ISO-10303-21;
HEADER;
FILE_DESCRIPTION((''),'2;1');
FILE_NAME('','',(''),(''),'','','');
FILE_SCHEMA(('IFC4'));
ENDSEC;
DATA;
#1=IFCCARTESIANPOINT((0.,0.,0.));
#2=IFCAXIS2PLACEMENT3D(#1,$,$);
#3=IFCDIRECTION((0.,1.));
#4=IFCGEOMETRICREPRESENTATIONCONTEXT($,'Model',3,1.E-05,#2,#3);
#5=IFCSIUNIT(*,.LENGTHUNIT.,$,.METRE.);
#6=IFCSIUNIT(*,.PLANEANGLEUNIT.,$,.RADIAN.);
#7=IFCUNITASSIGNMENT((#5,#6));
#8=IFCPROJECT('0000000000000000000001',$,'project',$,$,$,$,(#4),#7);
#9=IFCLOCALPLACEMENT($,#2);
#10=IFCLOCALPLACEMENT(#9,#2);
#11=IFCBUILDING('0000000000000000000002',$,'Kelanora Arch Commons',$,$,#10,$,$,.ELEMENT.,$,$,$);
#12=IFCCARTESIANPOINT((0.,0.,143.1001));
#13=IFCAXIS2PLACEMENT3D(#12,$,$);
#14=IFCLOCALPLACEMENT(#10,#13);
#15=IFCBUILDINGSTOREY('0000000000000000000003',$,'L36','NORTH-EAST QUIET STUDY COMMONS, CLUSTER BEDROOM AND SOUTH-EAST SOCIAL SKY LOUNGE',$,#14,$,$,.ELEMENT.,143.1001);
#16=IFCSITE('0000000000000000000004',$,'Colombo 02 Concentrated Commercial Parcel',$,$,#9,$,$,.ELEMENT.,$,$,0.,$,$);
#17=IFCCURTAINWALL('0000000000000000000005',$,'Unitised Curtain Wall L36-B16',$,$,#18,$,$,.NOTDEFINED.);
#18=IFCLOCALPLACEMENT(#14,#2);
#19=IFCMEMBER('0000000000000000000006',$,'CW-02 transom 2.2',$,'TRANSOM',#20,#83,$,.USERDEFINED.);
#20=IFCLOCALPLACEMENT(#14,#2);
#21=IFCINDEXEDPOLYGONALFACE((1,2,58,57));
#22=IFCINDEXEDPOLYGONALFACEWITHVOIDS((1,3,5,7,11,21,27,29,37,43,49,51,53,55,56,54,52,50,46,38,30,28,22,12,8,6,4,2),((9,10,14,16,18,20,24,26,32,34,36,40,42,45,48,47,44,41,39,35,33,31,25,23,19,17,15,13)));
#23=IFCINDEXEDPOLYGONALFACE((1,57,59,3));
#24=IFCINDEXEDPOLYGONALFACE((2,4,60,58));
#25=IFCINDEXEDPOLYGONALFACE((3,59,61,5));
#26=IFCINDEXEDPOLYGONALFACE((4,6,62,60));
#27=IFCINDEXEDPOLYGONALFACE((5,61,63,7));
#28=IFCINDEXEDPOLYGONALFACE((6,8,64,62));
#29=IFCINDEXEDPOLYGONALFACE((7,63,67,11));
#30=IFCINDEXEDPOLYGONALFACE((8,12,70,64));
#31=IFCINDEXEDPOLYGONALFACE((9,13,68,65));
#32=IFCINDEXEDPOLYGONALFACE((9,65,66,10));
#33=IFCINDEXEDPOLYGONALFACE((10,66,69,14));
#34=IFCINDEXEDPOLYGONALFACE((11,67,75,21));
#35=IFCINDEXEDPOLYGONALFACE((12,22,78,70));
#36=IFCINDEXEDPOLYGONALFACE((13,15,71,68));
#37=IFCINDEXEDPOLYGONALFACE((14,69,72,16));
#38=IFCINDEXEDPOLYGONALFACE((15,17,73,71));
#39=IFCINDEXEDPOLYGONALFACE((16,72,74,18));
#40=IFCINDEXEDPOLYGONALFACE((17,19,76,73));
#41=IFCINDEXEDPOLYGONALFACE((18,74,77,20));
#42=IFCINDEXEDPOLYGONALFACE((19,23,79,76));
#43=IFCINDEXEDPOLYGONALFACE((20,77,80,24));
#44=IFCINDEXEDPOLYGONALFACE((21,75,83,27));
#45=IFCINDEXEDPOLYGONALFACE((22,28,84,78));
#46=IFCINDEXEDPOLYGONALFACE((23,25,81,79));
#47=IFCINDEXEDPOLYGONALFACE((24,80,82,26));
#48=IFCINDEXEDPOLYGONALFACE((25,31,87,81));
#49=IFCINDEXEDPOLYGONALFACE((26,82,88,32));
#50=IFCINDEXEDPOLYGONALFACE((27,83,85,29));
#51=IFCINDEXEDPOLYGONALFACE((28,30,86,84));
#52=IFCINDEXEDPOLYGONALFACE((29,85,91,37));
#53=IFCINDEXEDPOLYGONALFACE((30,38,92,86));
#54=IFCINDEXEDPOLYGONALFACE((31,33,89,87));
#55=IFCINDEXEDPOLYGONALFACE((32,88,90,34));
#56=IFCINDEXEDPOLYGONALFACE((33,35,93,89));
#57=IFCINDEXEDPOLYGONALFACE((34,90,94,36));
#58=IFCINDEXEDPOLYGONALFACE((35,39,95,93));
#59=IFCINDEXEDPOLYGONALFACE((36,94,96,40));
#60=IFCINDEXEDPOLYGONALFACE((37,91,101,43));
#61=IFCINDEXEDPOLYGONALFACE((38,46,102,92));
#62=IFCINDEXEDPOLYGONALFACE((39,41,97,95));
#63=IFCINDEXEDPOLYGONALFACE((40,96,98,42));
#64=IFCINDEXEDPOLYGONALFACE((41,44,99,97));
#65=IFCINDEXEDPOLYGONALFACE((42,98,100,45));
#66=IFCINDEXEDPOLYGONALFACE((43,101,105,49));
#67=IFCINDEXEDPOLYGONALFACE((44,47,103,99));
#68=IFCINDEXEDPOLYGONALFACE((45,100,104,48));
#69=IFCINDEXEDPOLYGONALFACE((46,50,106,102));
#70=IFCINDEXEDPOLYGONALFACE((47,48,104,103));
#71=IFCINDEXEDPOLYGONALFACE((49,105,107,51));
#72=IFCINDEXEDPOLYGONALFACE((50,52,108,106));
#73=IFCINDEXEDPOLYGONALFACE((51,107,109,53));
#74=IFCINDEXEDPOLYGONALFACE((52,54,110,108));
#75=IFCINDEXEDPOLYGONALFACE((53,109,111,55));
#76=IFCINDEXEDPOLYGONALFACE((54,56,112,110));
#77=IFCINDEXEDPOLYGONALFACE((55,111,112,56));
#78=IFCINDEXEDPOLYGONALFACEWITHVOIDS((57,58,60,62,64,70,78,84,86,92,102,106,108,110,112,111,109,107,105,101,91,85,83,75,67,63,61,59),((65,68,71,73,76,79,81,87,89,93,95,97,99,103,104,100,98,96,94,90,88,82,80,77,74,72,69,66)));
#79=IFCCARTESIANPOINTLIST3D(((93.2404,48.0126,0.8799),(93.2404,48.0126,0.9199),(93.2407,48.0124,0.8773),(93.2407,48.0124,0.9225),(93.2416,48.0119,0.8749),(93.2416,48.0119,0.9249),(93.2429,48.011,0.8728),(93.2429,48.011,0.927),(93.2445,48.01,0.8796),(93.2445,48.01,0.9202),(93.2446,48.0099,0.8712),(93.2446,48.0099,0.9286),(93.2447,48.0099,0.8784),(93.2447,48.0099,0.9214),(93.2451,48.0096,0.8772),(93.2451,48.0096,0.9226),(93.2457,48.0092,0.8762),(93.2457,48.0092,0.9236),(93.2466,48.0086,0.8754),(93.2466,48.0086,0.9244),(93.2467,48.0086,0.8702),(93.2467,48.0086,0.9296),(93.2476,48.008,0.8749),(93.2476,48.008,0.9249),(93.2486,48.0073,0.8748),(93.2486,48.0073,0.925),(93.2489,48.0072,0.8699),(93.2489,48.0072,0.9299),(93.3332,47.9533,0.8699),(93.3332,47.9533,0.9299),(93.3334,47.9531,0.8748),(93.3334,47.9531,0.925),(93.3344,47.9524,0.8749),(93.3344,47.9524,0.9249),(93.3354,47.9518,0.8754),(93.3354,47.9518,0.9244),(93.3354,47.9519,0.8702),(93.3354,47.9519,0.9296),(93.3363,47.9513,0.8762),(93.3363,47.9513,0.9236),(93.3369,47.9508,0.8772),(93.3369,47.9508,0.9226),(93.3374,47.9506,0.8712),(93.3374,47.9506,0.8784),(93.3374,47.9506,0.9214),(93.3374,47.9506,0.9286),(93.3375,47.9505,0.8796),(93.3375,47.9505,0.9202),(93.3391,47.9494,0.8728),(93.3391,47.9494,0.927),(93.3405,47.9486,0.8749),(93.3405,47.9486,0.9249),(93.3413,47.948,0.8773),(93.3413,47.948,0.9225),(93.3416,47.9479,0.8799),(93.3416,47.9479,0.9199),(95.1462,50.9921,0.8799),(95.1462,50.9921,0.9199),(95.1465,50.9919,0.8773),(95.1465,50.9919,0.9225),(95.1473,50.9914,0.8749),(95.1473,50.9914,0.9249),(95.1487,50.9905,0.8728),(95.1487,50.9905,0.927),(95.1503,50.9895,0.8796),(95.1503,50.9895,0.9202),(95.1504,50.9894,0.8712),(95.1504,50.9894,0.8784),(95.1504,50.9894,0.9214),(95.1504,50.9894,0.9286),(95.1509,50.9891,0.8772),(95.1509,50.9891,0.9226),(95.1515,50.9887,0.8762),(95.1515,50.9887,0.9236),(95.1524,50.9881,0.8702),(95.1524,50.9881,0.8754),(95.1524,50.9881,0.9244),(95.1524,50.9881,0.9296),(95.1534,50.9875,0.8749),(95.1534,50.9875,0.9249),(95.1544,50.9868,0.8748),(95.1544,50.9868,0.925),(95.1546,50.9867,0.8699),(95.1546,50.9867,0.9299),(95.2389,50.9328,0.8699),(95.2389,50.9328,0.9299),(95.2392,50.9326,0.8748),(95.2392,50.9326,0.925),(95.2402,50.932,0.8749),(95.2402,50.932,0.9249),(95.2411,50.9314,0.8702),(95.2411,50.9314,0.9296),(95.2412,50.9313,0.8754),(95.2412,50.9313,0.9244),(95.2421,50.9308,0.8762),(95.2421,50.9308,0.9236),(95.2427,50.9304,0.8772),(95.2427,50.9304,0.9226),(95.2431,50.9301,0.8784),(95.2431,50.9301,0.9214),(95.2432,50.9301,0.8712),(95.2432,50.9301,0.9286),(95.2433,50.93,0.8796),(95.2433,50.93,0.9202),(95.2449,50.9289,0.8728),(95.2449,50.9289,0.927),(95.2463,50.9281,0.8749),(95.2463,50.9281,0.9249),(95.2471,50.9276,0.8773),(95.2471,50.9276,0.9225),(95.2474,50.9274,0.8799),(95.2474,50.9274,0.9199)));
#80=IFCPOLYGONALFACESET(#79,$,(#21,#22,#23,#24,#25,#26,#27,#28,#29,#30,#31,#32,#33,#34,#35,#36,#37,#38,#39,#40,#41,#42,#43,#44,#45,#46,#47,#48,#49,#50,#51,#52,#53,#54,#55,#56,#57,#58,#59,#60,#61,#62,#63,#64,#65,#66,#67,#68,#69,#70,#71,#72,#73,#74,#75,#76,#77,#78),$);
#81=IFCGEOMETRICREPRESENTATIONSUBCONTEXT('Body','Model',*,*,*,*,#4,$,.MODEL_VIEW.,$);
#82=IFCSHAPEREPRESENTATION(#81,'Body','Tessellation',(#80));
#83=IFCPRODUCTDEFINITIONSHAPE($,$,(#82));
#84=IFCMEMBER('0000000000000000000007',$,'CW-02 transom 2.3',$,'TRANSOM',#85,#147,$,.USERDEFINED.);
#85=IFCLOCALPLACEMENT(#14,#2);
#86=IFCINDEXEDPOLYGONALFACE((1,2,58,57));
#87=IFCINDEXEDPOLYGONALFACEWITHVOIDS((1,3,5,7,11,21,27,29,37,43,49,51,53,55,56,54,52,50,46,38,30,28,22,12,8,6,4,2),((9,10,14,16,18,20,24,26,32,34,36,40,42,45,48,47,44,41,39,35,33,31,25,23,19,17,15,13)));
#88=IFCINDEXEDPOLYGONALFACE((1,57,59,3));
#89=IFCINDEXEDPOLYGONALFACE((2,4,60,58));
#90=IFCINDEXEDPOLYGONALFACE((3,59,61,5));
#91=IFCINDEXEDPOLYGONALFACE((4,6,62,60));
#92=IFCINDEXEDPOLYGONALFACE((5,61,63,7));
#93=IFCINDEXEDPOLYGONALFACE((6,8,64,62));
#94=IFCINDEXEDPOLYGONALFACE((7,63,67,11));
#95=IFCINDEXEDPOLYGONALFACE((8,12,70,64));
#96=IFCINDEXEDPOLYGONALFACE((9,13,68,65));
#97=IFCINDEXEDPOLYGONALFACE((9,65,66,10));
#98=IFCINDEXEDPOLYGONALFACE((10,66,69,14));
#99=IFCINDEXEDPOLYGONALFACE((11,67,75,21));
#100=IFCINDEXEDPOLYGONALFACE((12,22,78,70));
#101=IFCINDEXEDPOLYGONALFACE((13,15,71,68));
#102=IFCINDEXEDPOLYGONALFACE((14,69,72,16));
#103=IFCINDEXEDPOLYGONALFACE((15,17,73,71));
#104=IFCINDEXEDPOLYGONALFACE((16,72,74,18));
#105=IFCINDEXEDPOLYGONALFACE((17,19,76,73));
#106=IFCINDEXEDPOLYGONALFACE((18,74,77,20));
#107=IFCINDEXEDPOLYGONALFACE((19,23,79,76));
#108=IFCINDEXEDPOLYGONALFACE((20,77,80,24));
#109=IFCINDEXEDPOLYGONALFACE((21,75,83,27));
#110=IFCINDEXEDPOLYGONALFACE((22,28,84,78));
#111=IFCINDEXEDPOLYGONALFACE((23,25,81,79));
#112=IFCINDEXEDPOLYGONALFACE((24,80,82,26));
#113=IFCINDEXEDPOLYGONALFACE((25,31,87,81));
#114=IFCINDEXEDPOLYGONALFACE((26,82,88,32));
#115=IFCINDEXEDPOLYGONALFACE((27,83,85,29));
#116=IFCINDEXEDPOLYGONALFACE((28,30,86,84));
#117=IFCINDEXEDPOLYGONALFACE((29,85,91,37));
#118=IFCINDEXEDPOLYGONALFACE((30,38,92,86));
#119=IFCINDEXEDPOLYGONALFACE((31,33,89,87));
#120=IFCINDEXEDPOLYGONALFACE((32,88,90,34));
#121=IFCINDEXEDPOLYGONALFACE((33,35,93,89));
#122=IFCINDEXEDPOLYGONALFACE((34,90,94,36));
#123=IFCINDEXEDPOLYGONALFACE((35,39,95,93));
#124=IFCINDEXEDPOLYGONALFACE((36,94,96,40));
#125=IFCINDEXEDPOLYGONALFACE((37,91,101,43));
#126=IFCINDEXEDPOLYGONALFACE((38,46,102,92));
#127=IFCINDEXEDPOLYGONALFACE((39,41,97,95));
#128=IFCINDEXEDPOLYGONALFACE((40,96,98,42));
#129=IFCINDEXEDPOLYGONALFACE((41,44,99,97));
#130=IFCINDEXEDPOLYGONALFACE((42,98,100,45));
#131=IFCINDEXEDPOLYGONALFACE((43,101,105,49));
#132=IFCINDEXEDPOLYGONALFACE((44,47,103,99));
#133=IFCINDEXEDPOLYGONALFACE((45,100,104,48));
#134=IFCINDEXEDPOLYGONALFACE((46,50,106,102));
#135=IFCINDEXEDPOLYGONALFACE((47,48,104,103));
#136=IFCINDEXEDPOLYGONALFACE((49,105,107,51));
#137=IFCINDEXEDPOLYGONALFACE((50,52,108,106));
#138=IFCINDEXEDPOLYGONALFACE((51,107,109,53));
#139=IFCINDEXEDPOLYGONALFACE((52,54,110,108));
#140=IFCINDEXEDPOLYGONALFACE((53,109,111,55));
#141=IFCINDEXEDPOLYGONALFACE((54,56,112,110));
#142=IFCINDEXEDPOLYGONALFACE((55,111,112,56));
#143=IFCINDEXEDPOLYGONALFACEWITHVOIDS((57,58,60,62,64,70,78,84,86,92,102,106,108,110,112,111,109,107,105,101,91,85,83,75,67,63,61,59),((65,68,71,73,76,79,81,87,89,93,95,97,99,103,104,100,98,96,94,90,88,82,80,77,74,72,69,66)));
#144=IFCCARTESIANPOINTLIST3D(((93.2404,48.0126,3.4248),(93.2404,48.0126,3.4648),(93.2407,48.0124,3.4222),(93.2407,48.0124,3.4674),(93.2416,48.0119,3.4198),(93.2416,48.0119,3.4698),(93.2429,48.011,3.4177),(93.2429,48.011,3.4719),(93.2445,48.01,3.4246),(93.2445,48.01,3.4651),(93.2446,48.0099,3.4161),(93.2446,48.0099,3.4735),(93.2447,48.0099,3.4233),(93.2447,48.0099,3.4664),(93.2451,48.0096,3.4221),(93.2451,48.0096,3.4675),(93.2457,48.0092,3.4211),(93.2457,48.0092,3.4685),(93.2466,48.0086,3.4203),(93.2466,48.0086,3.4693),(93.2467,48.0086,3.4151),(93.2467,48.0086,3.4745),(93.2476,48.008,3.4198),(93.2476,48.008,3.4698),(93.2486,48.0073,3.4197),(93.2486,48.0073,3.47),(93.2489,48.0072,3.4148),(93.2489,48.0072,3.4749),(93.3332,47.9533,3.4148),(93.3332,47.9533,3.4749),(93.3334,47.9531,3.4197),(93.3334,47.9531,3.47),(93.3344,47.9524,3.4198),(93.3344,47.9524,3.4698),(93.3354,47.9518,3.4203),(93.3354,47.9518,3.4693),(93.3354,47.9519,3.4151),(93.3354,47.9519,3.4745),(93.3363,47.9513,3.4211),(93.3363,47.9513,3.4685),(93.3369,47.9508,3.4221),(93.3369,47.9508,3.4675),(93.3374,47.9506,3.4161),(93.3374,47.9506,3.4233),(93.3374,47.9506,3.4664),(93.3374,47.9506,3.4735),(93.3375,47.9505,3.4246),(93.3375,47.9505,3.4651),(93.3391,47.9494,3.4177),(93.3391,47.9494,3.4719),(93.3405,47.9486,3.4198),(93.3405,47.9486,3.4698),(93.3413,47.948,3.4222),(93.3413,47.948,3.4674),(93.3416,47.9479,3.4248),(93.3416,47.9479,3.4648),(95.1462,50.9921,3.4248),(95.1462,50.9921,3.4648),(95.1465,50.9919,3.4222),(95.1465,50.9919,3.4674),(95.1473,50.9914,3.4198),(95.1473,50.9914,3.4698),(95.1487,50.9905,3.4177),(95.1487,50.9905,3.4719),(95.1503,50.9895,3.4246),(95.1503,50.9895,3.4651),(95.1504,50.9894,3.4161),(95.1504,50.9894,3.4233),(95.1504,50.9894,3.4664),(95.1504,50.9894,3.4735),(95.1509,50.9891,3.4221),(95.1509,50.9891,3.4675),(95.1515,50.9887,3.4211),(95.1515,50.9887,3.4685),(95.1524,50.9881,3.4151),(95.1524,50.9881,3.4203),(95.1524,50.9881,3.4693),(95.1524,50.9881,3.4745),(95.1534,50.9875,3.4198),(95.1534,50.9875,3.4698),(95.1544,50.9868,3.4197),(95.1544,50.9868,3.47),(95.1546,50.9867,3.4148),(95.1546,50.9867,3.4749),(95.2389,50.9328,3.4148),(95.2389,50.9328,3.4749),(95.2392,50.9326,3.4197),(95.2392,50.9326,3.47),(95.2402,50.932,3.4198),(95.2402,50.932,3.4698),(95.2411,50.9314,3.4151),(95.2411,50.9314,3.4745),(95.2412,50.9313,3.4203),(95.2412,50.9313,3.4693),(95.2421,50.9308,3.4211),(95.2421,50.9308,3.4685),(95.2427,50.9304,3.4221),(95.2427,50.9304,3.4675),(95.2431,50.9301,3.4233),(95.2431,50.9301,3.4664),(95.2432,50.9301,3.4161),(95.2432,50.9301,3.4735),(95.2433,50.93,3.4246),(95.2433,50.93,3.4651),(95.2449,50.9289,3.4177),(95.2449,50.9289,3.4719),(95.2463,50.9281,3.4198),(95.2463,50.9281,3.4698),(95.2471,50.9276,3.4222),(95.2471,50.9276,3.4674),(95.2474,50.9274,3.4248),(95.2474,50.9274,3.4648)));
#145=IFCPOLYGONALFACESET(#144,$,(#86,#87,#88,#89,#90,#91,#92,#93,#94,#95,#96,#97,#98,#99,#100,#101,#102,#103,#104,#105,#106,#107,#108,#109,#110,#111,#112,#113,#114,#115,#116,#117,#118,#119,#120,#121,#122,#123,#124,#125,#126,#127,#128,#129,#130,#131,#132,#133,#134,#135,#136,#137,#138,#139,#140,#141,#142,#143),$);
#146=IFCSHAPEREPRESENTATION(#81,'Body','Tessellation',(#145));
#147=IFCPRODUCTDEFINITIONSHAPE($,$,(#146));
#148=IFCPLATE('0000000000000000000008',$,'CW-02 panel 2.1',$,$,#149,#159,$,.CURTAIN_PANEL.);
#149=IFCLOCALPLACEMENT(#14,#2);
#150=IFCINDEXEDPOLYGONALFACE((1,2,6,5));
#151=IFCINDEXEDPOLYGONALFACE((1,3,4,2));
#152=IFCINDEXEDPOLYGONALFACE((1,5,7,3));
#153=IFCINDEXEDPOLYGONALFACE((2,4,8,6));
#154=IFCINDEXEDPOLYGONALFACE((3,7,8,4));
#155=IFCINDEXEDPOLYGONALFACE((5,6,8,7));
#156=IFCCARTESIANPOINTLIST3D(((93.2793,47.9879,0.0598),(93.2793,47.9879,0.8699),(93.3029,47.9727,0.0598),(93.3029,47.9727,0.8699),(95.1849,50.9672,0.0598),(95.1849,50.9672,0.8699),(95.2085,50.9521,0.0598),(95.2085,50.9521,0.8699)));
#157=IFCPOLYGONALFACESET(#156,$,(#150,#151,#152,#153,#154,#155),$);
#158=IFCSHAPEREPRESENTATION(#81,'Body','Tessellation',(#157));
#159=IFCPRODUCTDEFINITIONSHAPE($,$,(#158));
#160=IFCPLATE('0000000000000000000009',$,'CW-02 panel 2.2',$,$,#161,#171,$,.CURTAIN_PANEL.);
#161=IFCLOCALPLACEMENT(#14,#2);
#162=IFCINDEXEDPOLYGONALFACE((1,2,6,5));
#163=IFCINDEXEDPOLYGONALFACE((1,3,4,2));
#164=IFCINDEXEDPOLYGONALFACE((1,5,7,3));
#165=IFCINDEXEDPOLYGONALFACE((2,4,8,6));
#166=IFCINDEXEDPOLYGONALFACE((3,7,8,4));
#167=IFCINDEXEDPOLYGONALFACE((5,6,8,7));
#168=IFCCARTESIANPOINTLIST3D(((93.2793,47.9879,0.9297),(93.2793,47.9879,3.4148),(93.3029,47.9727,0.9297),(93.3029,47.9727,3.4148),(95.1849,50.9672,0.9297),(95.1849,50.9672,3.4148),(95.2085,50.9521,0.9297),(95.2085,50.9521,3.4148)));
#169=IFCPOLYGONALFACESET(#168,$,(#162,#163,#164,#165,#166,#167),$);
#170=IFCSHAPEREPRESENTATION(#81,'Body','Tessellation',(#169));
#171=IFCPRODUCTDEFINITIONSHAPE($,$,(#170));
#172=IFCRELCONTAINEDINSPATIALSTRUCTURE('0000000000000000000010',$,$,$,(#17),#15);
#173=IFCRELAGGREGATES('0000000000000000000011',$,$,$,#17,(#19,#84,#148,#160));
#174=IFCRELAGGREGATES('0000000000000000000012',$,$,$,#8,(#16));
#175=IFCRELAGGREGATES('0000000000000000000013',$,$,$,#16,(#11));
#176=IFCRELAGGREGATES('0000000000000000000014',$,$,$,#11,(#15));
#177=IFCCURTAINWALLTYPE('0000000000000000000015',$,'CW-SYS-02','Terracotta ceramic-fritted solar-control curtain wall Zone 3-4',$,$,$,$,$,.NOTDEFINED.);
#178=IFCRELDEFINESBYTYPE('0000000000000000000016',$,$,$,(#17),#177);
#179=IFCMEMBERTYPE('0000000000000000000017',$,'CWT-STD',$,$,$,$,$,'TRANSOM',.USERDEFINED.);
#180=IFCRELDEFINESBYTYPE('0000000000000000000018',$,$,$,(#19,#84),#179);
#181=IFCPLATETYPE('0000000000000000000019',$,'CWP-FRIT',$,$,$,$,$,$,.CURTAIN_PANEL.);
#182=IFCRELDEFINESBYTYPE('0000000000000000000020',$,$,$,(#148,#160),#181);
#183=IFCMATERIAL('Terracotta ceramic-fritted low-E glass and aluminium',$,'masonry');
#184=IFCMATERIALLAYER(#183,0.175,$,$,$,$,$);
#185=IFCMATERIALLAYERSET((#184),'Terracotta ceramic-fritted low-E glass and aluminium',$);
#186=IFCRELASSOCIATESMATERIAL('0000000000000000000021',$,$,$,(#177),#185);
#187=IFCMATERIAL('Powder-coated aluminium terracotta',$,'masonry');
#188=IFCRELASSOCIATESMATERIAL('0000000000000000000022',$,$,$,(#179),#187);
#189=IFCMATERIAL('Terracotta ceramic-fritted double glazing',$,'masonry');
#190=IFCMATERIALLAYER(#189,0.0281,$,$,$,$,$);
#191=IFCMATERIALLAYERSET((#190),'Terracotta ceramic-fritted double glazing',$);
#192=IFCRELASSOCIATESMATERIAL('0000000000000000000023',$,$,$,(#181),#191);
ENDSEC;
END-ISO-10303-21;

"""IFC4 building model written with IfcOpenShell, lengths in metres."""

from ifc_helpers import new_model, si_unit, direction, frame, origin, origin_2d, place, context, subcontext, project, spatial, rectangle, hollow_rectangle, extrude, source, transform, mapped, material, layer, layer_set, material_profile, profile_set, type_object, element, aggregate, save


model = new_model("IFC4")

# Units and contexts
model_context = context("Model", 3, precision=1e-05, world=origin(), true_north=direction((0.0, 1.0)))
body_context = subcontext(model_context, "Body", "Model", "MODEL_VIEW")
ifc_project = project(units=[si_unit("LENGTHUNIT", "METRE"), si_unit("PLANEANGLEUNIT", "RADIAN")], contexts=[model_context])

# Site, building, storey
site_placement = place(None, origin())
site = spatial("IfcSite", under=ifc_project, at=site_placement, Name="Colombo 02 Concentrated Commercial Parcel", CompositionType="ELEMENT", RefElevation=0.0)
building_placement = place(site_placement, origin())
building = spatial("IfcBuilding", under=site, at=building_placement, Name="Kelanora Arch Commons", CompositionType="ELEMENT")
storey_placement = place(building_placement, frame((0.0, 0.0, 143.1001)))
storey = spatial("IfcBuildingStorey", under=building, at=storey_placement, Name="L36", Description="NORTH-EAST QUIET STUDY COMMONS, CLUSTER BEDROOM AND SOUTH-EAST SOCIAL SKY LOUNGE", CompositionType="ELEMENT", Elevation=143.1001)

# Curtain wall, members, plates
ifc_material_1 = material(Name="Terracotta ceramic-fritted low-E glass and aluminium", Category="masonry")
ifc_layer_1 = layer(ifc_material_1, 0.175)
ifc_layer_set_1 = layer_set([ifc_layer_1], Name="Terracotta ceramic-fritted low-E glass and aluminium")
curtain_wall_type = type_object("IfcCurtainWallType", Name="CW-SYS-02", Description="Terracotta ceramic-fritted solar-control curtain wall Zone 3-4", PredefinedType="NOTDEFINED", material=ifc_layer_set_1)
curtain_wall_placement = place(storey_placement, origin())
curtain_wall = element("IfcCurtainWall", 1, at=curtain_wall_placement, inside=storey, type_object=curtain_wall_type, Name="Unitised Curtain Wall L36-B16", PredefinedType="NOTDEFINED")
ifc_material_2 = material(Name="Powder-coated aluminium terracotta", Category="masonry")
ifc_material_profile_1 = material_profile(ifc_material_2, hollow_rectangle(XDim=0.1201, YDim=0.0601, WallThickness=0.0049, InnerFilletRadius=0.0049, OuterFilletRadius=0.01, at=origin_2d()), Name="CWT120x60")
ifc_profile_set_1 = profile_set([ifc_material_profile_1], Name="Powder-coated aluminium terracotta")
member_type_1 = type_object("IfcMemberType", Name="CWT-STD", ElementType="TRANSOM", PredefinedType="USERDEFINED", material=ifc_profile_set_1)
member_1_placement = place(storey_placement, frame((93.291, 47.9802, 0.8999), z_axis=(0.53883, 0.842414, 0.0), x_axis=(-0.842414, 0.53883, 0.0)))
member_1 = element("IfcMember", 2, at=member_1_placement, type_object=member_type_1, Name="CW-02 transom 2.2", ObjectType="TRANSOM", PredefinedType="USERDEFINED", context=body_context, shape_type="SweptSolid", body=[
    extrude(hollow_rectangle(XDim=0.1201, YDim=0.0601, WallThickness=0.0049, InnerFilletRadius=0.0049, OuterFilletRadius=0.01, at=origin_2d()), origin(), (0.0, 0.0, 1.0), 3.5369),
])
member_2_placement = place(storey_placement, frame((93.291, 47.9802, 3.4448), z_axis=(0.53883, 0.842414, 0.0), x_axis=(-0.842414, 0.53883, 0.0)))
member_2 = element("IfcMember", 3, at=member_2_placement, type_object=member_type_1, Name="CW-02 transom 2.3", ObjectType="TRANSOM", PredefinedType="USERDEFINED", context=body_context, shape_type="SweptSolid", body=[
    extrude(hollow_rectangle(XDim=0.1201, YDim=0.0601, WallThickness=0.0049, InnerFilletRadius=0.0049, OuterFilletRadius=0.01, at=origin_2d()), origin(), (0.0, 0.0, 1.0), 3.5369),
])
ifc_material_3 = material(Name="Terracotta ceramic-fritted double glazing", Category="masonry")
ifc_layer_2 = layer(ifc_material_3, 0.0281)
ifc_layer_set_2 = layer_set([ifc_layer_2], Name="Terracotta ceramic-fritted double glazing")
plate_type = type_object("IfcPlateType", Name="CWP-FRIT", PredefinedType="CURTAIN_PANEL", material=ifc_layer_set_2)
shared_shape_1 = source(origin(), body_context, "Body", "SweptSolid", [
    extrude(rectangle(XDim=3.5366, YDim=0.0281, at=origin_2d()), origin(), (0.0, 0.0, 1.0), 0.8101),
])
plate_1_placement = place(storey_placement, frame((94.2439, 49.47, 0.0598), z_axis=(0.0, 0.0, 1.0), x_axis=(0.538817, 0.842423, 0.0)))
plate_1 = element("IfcPlate", 4, at=plate_1_placement, type_object=plate_type, Name="CW-02 panel 2.1", PredefinedType="CURTAIN_PANEL", context=body_context, shape_type="MappedRepresentation", body=[
    mapped(shared_shape_1, transform((0.0, 0.0, 0.0), scale=1.0)),
])
shared_shape_2 = source(origin(), body_context, "Body", "SweptSolid", [
    extrude(rectangle(XDim=3.5366, YDim=0.0281, at=origin_2d()), origin(), (0.0, 0.0, 1.0), 2.4851),
])
plate_2_placement = place(storey_placement, frame((94.2439, 49.47, 0.9297), z_axis=(0.0, 0.0, 1.0), x_axis=(0.538817, 0.842423, 0.0)))
plate_2 = element("IfcPlate", 5, at=plate_2_placement, type_object=plate_type, Name="CW-02 panel 2.2", PredefinedType="CURTAIN_PANEL", context=body_context, shape_type="MappedRepresentation", body=[
    mapped(shared_shape_2, transform((0.0, 0.0, 0.0), scale=1.0)),
])
aggregate(curtain_wall, [member_1, member_2, plate_1, plate_2])

save(model, "model.ifc")
